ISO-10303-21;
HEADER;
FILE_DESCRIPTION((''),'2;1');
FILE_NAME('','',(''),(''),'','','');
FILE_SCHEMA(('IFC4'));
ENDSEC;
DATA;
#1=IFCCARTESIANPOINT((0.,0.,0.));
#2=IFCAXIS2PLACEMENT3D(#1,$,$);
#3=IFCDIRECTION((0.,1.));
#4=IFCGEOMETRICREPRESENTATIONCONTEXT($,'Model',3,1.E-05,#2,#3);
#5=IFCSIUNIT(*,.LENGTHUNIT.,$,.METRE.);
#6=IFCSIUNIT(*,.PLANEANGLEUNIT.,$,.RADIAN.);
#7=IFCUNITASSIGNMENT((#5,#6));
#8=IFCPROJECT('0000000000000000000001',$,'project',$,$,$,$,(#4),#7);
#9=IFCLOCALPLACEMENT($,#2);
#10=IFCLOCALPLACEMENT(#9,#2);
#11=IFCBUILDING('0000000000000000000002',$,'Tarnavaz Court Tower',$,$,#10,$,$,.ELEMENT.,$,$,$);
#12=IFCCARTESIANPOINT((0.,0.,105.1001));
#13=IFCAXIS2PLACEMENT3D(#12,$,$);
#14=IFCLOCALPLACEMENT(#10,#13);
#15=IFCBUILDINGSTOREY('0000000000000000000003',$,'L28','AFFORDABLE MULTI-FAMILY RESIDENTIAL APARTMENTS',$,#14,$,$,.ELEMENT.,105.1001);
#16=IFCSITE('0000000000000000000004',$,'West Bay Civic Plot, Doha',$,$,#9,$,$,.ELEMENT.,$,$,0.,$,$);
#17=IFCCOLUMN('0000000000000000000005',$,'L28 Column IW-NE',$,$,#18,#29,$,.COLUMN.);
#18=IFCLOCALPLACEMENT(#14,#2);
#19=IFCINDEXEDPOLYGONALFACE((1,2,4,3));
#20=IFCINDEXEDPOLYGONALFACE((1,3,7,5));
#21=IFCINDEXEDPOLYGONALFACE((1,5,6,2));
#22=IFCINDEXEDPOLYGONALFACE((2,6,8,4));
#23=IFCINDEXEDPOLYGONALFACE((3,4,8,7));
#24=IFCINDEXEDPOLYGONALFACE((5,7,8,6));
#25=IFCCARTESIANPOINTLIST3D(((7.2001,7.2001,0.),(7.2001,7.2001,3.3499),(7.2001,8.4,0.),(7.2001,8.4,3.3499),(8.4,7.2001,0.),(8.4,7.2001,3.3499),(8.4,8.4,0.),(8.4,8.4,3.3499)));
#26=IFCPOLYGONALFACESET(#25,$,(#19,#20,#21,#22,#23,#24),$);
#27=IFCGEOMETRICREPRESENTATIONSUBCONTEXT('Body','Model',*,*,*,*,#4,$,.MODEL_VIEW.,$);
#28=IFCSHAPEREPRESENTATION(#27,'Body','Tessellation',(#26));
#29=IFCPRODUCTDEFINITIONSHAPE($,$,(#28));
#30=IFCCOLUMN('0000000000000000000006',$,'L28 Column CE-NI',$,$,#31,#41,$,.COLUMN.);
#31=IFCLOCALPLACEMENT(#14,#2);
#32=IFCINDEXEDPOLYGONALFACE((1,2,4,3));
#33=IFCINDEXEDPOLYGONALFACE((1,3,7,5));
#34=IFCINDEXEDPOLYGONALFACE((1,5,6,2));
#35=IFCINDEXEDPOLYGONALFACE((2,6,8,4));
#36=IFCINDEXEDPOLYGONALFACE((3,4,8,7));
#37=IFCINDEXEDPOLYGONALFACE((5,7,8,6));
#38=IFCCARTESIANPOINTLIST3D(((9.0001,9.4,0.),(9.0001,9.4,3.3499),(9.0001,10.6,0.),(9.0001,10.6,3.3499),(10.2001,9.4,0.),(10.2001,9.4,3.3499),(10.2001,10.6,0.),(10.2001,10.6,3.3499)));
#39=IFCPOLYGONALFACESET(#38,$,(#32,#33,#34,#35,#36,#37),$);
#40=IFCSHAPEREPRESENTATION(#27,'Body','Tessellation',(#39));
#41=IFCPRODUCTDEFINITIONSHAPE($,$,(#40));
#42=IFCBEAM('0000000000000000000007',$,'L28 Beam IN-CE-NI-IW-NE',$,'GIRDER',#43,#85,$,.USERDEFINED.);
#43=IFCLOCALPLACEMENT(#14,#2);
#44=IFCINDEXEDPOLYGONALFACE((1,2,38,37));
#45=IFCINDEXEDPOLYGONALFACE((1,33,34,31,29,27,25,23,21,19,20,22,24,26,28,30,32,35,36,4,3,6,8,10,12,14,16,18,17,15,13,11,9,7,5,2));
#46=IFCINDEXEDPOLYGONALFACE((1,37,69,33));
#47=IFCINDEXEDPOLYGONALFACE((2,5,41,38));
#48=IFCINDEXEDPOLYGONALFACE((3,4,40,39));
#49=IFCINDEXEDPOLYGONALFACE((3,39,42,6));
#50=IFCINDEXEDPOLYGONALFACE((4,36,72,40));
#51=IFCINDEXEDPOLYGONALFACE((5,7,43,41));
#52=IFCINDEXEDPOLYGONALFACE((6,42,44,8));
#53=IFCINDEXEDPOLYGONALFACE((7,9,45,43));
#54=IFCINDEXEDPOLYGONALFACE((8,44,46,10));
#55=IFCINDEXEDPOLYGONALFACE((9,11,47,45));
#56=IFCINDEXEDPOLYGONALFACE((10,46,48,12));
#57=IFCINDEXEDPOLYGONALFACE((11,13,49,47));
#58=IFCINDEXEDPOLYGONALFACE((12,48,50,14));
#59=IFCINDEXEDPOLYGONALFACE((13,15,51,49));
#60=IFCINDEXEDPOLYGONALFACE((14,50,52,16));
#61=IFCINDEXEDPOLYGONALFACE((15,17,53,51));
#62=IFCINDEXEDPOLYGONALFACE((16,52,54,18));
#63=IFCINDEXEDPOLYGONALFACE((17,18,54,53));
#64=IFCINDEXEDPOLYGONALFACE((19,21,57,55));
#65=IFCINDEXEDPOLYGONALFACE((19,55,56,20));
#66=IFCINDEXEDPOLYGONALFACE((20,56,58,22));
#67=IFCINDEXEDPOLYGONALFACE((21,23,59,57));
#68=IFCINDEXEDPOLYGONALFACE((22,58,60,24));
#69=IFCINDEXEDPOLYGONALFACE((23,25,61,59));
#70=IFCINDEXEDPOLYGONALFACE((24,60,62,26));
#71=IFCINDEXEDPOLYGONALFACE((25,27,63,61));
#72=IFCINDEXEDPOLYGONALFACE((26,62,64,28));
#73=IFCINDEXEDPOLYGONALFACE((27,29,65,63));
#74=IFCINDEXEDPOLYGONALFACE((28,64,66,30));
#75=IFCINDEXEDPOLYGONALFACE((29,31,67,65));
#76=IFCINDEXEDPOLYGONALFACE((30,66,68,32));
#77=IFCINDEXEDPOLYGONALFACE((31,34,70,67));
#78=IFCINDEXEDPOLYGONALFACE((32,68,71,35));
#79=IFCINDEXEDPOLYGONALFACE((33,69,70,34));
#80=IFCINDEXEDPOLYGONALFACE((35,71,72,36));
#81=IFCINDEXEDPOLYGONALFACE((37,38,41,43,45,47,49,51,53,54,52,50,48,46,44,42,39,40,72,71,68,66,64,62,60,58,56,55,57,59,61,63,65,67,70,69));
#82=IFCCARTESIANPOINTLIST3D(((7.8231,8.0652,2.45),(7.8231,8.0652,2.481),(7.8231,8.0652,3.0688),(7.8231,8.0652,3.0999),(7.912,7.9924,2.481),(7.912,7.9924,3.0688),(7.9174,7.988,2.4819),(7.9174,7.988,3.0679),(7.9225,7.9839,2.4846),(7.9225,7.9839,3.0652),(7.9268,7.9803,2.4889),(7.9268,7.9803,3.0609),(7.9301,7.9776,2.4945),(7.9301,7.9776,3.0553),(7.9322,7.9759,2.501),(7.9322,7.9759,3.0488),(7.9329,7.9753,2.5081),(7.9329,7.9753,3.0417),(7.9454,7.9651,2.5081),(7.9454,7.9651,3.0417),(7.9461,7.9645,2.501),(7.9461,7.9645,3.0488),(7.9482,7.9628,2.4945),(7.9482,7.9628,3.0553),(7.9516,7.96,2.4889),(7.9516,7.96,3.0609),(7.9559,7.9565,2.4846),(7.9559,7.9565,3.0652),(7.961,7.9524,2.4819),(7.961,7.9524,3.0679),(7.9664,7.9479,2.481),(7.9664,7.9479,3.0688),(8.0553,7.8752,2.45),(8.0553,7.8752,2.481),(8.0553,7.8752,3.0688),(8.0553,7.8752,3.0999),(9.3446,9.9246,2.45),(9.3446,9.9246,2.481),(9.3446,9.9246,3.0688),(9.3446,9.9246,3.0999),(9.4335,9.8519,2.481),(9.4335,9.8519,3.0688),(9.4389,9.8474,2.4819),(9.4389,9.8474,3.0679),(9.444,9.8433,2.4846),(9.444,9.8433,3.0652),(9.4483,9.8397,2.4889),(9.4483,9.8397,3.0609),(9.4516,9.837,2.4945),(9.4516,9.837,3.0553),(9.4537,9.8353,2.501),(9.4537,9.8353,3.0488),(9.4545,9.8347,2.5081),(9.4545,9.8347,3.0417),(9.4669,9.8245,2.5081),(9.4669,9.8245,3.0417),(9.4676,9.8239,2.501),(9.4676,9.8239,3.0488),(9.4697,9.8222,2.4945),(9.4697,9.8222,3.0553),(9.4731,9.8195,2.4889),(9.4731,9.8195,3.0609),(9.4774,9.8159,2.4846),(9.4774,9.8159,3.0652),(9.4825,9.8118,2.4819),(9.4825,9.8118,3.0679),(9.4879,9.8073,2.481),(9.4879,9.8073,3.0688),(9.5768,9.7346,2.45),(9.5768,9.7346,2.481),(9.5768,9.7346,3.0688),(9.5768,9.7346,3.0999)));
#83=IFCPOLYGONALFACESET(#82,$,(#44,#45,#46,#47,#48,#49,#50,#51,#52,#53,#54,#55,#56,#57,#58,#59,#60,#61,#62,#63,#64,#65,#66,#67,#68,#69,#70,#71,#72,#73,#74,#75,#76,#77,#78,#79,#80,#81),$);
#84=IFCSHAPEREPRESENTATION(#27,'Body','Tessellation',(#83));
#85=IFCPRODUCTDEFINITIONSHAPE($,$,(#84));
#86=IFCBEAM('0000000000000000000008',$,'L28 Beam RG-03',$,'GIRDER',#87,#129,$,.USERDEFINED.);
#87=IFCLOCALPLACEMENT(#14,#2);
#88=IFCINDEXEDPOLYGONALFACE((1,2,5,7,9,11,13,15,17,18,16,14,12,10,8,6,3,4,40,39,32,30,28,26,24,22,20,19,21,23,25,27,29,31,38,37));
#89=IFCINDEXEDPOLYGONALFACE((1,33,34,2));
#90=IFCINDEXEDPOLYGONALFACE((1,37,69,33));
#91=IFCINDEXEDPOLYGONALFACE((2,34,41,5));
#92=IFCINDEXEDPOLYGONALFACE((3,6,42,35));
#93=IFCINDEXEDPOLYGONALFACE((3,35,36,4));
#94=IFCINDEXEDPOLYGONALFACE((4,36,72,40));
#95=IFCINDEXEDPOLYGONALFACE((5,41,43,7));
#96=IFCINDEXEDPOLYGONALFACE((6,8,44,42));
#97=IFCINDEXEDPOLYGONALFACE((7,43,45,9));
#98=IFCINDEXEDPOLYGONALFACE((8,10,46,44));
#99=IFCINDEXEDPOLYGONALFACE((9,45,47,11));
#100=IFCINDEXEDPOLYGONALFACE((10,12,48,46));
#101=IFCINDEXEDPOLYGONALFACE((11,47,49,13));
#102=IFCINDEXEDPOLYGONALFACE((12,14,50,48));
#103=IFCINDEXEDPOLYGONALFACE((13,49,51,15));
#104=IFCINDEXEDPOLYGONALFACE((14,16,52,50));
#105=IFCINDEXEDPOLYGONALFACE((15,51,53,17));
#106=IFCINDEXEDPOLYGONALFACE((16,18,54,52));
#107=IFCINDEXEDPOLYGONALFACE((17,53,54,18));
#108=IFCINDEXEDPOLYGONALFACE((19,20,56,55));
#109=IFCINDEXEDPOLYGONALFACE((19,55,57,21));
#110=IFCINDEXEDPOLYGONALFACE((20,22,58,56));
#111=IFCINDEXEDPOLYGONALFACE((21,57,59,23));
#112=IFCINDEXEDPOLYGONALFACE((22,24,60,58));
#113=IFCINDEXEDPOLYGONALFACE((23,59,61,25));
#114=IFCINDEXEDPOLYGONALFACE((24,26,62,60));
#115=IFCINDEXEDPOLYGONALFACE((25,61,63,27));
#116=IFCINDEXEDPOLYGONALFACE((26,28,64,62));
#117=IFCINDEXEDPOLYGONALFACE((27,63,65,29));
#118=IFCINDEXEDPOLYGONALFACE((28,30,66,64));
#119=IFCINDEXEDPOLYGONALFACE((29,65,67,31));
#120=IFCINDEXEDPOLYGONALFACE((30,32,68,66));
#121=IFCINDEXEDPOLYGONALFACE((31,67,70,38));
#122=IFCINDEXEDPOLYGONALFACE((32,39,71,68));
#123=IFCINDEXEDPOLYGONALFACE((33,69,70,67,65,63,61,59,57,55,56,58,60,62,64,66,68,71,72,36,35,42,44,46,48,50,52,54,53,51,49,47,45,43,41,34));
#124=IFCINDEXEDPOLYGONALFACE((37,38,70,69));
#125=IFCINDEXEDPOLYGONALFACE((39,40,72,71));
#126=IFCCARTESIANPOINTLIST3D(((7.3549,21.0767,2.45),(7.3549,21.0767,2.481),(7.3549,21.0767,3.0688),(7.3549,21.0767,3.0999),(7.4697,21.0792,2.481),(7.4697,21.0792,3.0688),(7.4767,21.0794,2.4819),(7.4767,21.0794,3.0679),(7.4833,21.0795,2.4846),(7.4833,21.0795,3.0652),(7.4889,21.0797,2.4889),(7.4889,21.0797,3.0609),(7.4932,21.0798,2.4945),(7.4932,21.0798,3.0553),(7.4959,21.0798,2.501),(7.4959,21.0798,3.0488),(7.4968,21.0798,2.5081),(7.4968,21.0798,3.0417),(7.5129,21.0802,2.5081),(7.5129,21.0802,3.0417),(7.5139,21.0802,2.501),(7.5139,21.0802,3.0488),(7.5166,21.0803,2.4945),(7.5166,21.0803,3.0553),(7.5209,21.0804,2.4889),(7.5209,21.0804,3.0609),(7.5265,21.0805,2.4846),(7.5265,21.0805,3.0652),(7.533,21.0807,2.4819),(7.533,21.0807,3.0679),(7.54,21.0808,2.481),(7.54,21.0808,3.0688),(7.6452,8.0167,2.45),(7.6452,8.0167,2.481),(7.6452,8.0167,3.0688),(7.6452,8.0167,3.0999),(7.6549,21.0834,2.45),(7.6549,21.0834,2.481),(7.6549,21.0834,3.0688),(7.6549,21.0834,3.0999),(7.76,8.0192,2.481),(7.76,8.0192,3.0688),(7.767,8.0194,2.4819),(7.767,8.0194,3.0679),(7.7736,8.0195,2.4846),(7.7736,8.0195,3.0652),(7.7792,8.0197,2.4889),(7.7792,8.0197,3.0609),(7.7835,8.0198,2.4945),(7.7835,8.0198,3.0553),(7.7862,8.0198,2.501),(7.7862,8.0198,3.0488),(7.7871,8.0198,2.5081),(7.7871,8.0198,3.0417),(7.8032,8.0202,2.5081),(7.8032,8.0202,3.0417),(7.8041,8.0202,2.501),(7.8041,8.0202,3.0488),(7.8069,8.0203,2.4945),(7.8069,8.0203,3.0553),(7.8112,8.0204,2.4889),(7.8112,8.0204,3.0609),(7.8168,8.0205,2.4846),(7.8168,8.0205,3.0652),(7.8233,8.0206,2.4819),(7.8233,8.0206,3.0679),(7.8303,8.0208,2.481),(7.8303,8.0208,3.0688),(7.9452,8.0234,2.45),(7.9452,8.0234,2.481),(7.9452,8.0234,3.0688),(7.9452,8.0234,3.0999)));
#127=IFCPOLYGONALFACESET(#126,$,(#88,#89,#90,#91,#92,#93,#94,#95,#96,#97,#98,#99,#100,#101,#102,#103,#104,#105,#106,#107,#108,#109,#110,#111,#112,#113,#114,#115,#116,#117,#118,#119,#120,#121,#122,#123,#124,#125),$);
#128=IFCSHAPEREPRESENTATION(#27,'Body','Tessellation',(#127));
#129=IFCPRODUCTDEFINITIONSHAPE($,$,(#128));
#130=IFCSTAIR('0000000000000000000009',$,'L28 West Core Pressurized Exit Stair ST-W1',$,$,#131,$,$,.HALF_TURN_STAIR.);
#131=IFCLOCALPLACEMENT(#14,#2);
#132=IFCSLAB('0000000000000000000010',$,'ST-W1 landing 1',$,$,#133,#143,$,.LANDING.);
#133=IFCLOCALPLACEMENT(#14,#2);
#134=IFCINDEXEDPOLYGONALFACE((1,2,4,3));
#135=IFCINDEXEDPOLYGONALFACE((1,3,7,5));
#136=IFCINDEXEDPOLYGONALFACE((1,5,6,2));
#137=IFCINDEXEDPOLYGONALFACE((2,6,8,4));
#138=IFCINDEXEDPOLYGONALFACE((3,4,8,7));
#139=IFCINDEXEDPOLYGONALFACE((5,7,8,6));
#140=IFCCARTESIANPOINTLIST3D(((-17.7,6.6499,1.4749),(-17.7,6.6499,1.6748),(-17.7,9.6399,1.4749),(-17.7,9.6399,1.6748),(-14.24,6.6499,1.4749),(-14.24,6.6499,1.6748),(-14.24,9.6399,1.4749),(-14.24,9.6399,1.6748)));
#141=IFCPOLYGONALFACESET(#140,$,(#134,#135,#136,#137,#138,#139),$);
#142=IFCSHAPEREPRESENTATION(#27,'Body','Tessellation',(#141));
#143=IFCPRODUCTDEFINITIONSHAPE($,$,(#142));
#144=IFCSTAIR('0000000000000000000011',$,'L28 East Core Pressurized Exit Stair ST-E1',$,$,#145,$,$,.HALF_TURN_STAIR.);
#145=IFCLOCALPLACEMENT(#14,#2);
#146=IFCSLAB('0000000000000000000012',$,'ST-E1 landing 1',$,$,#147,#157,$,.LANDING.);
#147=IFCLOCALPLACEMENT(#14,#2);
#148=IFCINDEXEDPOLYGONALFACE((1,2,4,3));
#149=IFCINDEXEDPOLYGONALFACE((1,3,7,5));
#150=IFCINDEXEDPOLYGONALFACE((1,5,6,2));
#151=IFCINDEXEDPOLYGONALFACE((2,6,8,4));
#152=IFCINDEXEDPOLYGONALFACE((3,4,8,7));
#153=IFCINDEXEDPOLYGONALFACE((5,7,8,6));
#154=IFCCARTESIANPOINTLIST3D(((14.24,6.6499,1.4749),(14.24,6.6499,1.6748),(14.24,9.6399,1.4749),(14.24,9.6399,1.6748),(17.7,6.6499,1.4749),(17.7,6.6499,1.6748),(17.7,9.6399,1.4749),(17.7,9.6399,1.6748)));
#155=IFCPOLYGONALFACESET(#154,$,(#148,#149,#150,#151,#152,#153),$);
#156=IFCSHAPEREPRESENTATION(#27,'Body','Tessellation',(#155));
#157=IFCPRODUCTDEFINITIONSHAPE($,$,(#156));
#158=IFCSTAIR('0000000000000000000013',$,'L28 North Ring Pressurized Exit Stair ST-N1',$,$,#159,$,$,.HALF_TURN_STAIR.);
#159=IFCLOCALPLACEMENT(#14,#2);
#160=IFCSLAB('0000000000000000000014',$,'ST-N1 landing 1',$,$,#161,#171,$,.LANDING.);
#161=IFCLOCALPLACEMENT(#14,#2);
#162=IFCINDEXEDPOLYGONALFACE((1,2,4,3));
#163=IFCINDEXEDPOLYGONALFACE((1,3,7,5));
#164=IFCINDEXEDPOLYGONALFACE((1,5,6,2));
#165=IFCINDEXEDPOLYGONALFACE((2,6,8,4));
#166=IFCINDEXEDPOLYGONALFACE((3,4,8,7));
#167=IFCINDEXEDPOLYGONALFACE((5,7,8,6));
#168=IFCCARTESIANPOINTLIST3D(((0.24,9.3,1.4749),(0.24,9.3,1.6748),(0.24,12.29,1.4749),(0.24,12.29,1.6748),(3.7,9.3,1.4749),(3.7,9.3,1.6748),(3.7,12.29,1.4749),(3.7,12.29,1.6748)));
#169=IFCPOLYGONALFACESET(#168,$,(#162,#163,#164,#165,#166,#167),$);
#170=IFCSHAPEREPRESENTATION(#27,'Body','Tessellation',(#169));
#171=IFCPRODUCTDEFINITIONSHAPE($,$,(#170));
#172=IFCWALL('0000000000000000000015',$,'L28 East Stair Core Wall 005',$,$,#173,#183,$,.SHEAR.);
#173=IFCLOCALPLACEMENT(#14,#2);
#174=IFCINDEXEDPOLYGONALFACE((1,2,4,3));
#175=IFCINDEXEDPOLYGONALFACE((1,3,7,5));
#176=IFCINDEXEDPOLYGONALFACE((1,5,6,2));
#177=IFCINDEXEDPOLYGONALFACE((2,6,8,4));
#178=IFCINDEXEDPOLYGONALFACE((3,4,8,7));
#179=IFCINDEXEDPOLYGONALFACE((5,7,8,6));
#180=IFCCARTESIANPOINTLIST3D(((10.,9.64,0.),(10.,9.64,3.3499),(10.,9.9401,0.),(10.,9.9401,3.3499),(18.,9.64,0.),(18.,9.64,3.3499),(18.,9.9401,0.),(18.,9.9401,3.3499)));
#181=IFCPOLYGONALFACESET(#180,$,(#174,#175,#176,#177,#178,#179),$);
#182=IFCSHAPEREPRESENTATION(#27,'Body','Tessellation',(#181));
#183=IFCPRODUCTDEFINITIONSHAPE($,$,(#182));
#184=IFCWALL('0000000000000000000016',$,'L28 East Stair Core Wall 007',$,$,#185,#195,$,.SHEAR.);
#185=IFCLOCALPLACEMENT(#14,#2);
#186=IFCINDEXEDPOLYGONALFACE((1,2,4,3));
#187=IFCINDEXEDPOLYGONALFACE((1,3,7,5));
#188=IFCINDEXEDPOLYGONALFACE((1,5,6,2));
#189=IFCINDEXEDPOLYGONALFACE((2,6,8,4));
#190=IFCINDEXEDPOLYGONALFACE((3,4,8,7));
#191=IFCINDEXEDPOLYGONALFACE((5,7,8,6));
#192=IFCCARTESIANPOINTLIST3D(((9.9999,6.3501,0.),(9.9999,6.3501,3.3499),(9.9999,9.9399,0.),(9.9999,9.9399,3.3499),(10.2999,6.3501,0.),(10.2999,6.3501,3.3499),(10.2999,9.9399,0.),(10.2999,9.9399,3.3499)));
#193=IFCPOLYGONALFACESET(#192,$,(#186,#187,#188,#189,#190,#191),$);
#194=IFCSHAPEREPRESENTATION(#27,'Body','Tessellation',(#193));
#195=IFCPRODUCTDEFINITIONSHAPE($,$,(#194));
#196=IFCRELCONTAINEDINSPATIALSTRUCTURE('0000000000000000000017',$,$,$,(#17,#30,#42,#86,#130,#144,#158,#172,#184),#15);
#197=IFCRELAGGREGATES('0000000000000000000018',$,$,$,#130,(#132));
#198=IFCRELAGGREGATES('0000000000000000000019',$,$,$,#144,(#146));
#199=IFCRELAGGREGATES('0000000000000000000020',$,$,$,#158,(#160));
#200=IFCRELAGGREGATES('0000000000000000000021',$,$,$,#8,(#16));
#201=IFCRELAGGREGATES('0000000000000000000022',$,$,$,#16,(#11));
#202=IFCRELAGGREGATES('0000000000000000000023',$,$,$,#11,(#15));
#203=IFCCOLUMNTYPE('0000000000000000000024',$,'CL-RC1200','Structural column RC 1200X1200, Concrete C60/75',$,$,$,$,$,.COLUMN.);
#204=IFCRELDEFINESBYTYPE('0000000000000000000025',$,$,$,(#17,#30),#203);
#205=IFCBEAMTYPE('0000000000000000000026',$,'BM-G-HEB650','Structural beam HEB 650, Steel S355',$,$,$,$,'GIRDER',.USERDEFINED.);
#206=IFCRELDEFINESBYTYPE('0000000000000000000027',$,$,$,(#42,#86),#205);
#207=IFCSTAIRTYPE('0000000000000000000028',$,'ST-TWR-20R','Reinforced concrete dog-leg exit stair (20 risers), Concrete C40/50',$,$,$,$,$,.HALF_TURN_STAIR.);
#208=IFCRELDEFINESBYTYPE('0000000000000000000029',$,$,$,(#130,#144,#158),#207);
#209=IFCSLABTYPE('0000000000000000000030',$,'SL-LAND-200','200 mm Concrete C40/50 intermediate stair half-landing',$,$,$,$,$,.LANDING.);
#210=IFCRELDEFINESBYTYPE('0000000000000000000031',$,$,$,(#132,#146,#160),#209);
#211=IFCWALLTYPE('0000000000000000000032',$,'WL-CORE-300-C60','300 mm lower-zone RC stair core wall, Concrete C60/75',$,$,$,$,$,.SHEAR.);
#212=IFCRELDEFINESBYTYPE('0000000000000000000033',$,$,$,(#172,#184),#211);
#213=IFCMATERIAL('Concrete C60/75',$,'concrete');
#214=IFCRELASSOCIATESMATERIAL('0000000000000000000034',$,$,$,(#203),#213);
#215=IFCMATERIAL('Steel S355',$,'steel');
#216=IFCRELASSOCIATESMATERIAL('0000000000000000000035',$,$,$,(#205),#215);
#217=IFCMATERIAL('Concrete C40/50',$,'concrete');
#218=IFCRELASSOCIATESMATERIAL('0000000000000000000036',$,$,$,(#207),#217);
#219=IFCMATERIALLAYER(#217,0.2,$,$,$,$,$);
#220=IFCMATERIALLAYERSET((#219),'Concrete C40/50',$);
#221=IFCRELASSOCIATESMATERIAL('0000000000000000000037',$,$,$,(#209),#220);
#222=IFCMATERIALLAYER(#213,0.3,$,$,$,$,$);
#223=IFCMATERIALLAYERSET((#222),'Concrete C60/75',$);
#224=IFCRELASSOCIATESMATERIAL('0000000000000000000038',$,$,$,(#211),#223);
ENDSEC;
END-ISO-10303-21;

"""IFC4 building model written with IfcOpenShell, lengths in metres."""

from ifc_helpers import new_model, si_unit, direction, frame, frame_2d, origin, origin_2d, place, context, subcontext, project, spatial, polyline, rectangle, i_section, outline, extrude, material, layer, layer_set, material_profile, profile_set, type_object, element, aggregate, save


model = new_model("IFC4")

# Units and contexts
model_context = context("Model", 3, precision=1e-05, world=origin(), true_north=direction((0.0, 1.0)))
body_context = subcontext(model_context, "Body", "Model", "MODEL_VIEW")
ifc_project = project(units=[si_unit("LENGTHUNIT", "METRE"), si_unit("PLANEANGLEUNIT", "RADIAN")], contexts=[model_context])

# Site, building, storey
site_placement = place(None, origin())
site = spatial("IfcSite", under=ifc_project, at=site_placement, Name="West Bay Civic Plot, Doha", CompositionType="ELEMENT", RefElevation=0.0)
building_placement = place(site_placement, origin())
building = spatial("IfcBuilding", under=site, at=building_placement, Name="Tarnavaz Court Tower", CompositionType="ELEMENT")
storey_placement = place(building_placement, frame((0.0, 0.0, 105.1001)))
storey = spatial("IfcBuildingStorey", under=building, at=storey_placement, Name="L28", Description="AFFORDABLE MULTI-FAMILY RESIDENTIAL APARTMENTS", CompositionType="ELEMENT", Elevation=105.1001)

# Columns
ifc_material_1 = material(Name="Concrete C60/75", Category="concrete")
ifc_material_profile_1 = material_profile(ifc_material_1, rectangle(XDim=1.2, YDim=1.2, at=origin_2d()), Name="RC 1200X1200")
ifc_profile_set_1 = profile_set([ifc_material_profile_1], Name="Concrete C60/75")
column_type = type_object("IfcColumnType", Name="CL-RC1200", Description="Structural column RC 1200X1200, Concrete C60/75", PredefinedType="COLUMN", material=ifc_profile_set_1)
for number, where, z_axis, x_axis, name in (
    (1, (7.8, 7.8, 0.0), (0.0, 0.0, 1.0), (1.0, 0.0, 0.0), "L28 Column IW-NE"),
    (2, (9.6001, 10.0, 0.0), (0.0, 0.0, 1.0), (1.0, 0.0, 0.0), "L28 Column CE-NI"),
):
    element("IfcColumn", number, at=place(storey_placement, frame(where, z_axis=z_axis, x_axis=x_axis)), inside=storey, type_object=column_type, Name=name, PredefinedType="COLUMN", context=body_context, shape_type="SweptSolid", body=[
        extrude(rectangle(XDim=1.2, YDim=1.2, at=origin_2d()), origin(), (0.0, 0.0, 1.0), 3.3499),
    ])

# Beams
ifc_material_2 = material(Name="Steel S355", Category="steel")
ifc_material_profile_2 = material_profile(ifc_material_2, i_section(OverallWidth=0.3, OverallDepth=0.6499, WebThickness=0.0161, FlangeThickness=0.031, FilletRadius=0.0271, at=origin_2d()), Name="HEB 650")
ifc_profile_set_2 = profile_set([ifc_material_profile_2], Name="Steel S355")
beam_type = type_object("IfcBeamType", Name="BM-G-HEB650", Description="Structural beam HEB 650, Steel S355", ElementType="GIRDER", PredefinedType="USERDEFINED", material=ifc_profile_set_2)
beam_1_placement = place(storey_placement, frame((9.4607, 9.8296, 2.7749), z_axis=(-0.633282, -0.773921, 0.0), x_axis=(0.773921, -0.633282, 0.0)))
element("IfcBeam", 3, at=beam_1_placement, inside=storey, type_object=beam_type, Name="L28 Beam IN-CE-NI-IW-NE", ObjectType="GIRDER", PredefinedType="USERDEFINED", context=body_context, shape_type="SweptSolid", body=[
    extrude(i_section(OverallWidth=0.3, OverallDepth=0.6499, WebThickness=0.0161, FlangeThickness=0.031, FilletRadius=0.0271, at=origin_2d()), origin(), (0.0, 0.0, 1.0), 2.4026),
])
beam_2_placement = place(storey_placement, frame((7.7952, 8.02, 2.7749), z_axis=(-0.022221, 0.999753, 0.0), x_axis=(-0.999753, -0.022221, 0.0)))
element("IfcBeam", 4, at=beam_2_placement, inside=storey, type_object=beam_type, Name="L28 Beam RG-03", ObjectType="GIRDER", PredefinedType="USERDEFINED", context=body_context, shape_type="SweptSolid", body=[
    extrude(i_section(OverallWidth=0.3, OverallDepth=0.6499, WebThickness=0.0161, FlangeThickness=0.031, FilletRadius=0.0271, at=origin_2d()), origin(), (0.0, 0.0, 1.0), 13.0632),
])

# Stairs, slabs
ifc_material_3 = material(Name="Concrete C40/50", Category="concrete")
stair_type = type_object("IfcStairType", Name="ST-TWR-20R", Description="Reinforced concrete dog-leg exit stair (20 risers), Concrete C40/50", PredefinedType="HALF_TURN_STAIR", material=ifc_material_3)
stair_1_placement = place(storey_placement, origin())
stair_1 = element("IfcStair", 5, at=stair_1_placement, inside=storey, type_object=stair_type, Name="L28 West Core Pressurized Exit Stair ST-W1", PredefinedType="HALF_TURN_STAIR")
ifc_layer_1 = layer(ifc_material_3, 0.2)
ifc_layer_set_1 = layer_set([ifc_layer_1], Name="Concrete C40/50")
slab_type = type_object("IfcSlabType", Name="SL-LAND-200", Description="200 mm Concrete C40/50 intermediate stair half-landing", PredefinedType="LANDING", material=ifc_layer_set_1)
slab_1_placement = place(storey_placement, frame((0.0, 0.0, 1.4749)))
slab_1 = element("IfcSlab", 6, at=slab_1_placement, type_object=slab_type, Name="ST-W1 landing 1", PredefinedType="LANDING", context=body_context, shape_type="SweptSolid", body=[
    extrude(outline(polyline([(-14.24, 9.6399), (-17.7, 9.6399), (-17.7, 6.6499), (-14.24, 6.6499), (-14.24, 9.6399)])), origin(), (0.0, 0.0, 1.0), 0.2),
])
aggregate(stair_1, [slab_1])
stair_2_placement = place(storey_placement, origin())
stair_2 = element("IfcStair", 7, at=stair_2_placement, inside=storey, type_object=stair_type, Name="L28 East Core Pressurized Exit Stair ST-E1", PredefinedType="HALF_TURN_STAIR")
slab_2_placement = place(storey_placement, frame((0.0, 0.0, 1.4749)))
slab_2 = element("IfcSlab", 8, at=slab_2_placement, type_object=slab_type, Name="ST-E1 landing 1", PredefinedType="LANDING", context=body_context, shape_type="SweptSolid", body=[
    extrude(outline(polyline([(14.24, 6.6499), (17.7, 6.6499), (17.7, 9.6399), (14.24, 9.6399), (14.24, 6.6499)])), origin(), (0.0, 0.0, 1.0), 0.2),
])
aggregate(stair_2, [slab_2])
stair_3_placement = place(storey_placement, origin())
stair_3 = element("IfcStair", 9, at=stair_3_placement, inside=storey, type_object=stair_type, Name="L28 North Ring Pressurized Exit Stair ST-N1", PredefinedType="HALF_TURN_STAIR")
slab_3_placement = place(storey_placement, frame((0.0, 0.0, 1.4749)))
slab_3 = element("IfcSlab", 10, at=slab_3_placement, type_object=slab_type, Name="ST-N1 landing 1", PredefinedType="LANDING", context=body_context, shape_type="SweptSolid", body=[
    extrude(outline(polyline([(0.24, 9.3), (3.7, 9.3), (3.7, 12.29), (0.24, 12.29), (0.24, 9.3)])), origin(), (0.0, 0.0, 1.0), 0.2),
])

# Wall
ifc_layer_2 = layer(ifc_material_1, 0.3)
ifc_layer_set_2 = layer_set([ifc_layer_2], Name="Concrete C60/75")
wall_type_1 = type_object("IfcWallType", Name="WL-CORE-300-C60", Description="300 mm lower-zone RC stair core wall, Concrete C60/75", PredefinedType="SHEAR", material=ifc_layer_set_2)
wall_1_placement = place(storey_placement, frame((10.0, 9.79, 0.0), z_axis=(0.0, 0.0, 1.0), x_axis=(1.0, 0.0, 0.0)))
element("IfcWall", 11, at=wall_1_placement, inside=storey, type_object=wall_type_1, Name="L28 East Stair Core Wall 005", PredefinedType="SHEAR", context=body_context, shape_type="SweptSolid", body=[
    extrude(rectangle(XDim=8.0, YDim=0.3, at=frame_2d((4.0, 0.0))), origin(), (0.0, 0.0, 1.0), 3.3499),
])

# Wall
wall_2_placement = place(storey_placement, frame((10.1499, 6.3501, 0.0), z_axis=(0.0, 0.0, 1.0), x_axis=(0.0, 1.0, 0.0)))
element("IfcWall", 12, at=wall_2_placement, inside=storey, type_object=wall_type_1, Name="L28 East Stair Core Wall 007", PredefinedType="SHEAR", context=body_context, shape_type="SweptSolid", body=[
    extrude(rectangle(XDim=3.5898, YDim=0.3, at=frame_2d((1.7949, 0.0))), origin(), (0.0, 0.0, 1.0), 3.3499),
])

aggregate(stair_3, [slab_3])

save(model, "model.ifc")
